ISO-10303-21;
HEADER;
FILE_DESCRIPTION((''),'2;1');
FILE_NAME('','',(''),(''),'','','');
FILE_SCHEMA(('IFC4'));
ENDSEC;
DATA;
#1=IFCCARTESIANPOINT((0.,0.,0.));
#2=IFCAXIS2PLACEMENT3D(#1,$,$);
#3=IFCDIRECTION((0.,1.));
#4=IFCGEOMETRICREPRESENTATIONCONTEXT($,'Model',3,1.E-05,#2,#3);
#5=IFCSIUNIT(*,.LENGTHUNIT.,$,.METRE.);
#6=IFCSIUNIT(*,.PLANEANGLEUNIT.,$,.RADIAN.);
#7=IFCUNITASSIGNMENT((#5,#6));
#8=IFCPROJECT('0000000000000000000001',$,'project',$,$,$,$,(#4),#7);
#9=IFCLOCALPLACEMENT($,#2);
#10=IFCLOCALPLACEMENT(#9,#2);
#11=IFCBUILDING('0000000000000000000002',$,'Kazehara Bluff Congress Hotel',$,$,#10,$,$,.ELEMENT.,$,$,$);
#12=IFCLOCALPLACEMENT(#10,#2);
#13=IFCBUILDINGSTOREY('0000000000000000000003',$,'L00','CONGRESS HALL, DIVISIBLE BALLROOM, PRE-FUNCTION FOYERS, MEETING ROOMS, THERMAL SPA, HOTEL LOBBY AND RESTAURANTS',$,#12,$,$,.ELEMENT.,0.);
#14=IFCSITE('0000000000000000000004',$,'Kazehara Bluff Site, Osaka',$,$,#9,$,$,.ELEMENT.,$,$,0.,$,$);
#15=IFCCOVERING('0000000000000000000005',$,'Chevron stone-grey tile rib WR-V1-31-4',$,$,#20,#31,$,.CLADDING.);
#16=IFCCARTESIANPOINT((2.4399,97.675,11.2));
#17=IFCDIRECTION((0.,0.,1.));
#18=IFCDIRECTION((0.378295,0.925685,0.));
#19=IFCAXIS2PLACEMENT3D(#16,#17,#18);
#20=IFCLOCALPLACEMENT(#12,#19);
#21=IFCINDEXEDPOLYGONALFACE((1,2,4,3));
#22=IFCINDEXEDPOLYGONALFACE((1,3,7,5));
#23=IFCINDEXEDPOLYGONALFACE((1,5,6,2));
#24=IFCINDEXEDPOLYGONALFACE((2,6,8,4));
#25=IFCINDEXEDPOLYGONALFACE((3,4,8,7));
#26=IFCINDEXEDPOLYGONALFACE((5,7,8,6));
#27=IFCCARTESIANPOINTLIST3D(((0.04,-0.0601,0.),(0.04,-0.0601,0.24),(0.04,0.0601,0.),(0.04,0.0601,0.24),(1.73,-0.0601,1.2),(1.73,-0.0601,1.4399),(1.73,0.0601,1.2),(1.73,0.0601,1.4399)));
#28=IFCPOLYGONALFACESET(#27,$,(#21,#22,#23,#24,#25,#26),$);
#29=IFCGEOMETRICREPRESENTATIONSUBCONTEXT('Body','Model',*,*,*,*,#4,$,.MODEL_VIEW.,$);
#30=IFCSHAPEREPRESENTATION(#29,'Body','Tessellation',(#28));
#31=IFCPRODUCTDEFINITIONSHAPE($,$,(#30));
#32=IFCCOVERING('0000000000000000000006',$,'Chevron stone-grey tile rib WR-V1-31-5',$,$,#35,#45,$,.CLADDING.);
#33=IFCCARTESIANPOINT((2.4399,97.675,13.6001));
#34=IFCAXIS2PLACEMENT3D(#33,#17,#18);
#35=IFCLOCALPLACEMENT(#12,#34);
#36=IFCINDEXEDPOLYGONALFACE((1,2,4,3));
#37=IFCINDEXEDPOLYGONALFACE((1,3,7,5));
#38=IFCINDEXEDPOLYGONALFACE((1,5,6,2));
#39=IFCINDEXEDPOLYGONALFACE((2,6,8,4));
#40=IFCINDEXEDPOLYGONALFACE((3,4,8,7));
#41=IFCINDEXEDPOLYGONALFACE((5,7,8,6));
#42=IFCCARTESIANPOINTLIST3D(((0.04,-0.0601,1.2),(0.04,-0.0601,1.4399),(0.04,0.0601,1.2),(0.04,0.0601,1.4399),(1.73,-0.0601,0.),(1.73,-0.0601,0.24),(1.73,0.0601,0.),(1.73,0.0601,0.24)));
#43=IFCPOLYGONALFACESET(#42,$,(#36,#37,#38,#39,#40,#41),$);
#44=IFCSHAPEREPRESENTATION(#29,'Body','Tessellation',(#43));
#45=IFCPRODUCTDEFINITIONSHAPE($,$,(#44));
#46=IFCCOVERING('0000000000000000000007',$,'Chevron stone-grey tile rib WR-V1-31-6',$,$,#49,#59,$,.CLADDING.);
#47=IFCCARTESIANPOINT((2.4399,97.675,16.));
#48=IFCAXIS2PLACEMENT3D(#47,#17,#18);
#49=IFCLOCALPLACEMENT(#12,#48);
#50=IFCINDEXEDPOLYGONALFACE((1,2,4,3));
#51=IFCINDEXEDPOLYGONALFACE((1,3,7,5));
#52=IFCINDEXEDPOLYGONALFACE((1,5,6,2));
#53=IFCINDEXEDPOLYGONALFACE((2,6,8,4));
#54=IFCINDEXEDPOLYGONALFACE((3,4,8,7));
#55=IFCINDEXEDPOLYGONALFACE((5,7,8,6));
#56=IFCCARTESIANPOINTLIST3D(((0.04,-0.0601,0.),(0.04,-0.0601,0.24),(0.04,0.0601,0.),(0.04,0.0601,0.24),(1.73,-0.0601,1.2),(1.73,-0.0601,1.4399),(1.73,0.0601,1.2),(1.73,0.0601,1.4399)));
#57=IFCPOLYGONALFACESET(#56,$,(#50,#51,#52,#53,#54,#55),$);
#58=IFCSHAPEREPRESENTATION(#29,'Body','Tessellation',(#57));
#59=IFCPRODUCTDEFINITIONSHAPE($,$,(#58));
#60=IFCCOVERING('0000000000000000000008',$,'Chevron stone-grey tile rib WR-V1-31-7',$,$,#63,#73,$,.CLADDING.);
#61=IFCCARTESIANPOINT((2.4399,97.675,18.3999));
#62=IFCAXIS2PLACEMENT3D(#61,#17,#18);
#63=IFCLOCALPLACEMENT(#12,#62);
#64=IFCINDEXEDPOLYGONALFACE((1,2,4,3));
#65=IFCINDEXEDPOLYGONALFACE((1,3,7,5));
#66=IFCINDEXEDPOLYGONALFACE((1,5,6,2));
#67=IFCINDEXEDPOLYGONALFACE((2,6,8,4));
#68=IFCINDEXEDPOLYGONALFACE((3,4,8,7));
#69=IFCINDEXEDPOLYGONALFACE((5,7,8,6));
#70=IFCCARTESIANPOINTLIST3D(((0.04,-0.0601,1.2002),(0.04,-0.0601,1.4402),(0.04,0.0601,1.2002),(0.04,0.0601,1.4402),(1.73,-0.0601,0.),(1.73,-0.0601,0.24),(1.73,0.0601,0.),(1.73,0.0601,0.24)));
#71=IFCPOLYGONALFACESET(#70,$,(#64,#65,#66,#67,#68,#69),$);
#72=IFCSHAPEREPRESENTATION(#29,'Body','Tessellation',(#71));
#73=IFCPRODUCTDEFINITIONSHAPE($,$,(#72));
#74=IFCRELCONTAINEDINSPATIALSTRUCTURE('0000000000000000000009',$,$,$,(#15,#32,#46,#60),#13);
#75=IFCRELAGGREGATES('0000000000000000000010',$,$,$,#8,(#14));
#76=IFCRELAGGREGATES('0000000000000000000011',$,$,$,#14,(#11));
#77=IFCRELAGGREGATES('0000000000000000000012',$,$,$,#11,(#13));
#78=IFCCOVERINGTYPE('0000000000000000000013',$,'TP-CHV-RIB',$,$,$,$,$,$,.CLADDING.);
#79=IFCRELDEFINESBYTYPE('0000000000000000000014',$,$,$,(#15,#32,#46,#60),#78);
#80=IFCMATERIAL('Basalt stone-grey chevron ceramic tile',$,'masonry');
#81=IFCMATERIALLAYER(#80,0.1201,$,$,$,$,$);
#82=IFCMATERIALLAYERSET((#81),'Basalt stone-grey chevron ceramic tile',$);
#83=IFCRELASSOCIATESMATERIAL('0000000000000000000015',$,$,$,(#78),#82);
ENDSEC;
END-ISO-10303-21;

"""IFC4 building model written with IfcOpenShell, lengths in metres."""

from ifc_helpers import new_model, si_unit, direction, frame, origin, place, context, subcontext, project, spatial, polyline, outline, extrude, material, layer, layer_set, type_object, element, save


model = new_model("IFC4")

# Units and contexts
model_context = context("Model", 3, precision=1e-05, world=origin(), true_north=direction((0.0, 1.0)))
body_context = subcontext(model_context, "Body", "Model", "MODEL_VIEW")
ifc_project = project(units=[si_unit("LENGTHUNIT", "METRE"), si_unit("PLANEANGLEUNIT", "RADIAN")], contexts=[model_context])

# Site, building, storey
site_placement = place(None, origin())
site = spatial("IfcSite", under=ifc_project, at=site_placement, Name="Kazehara Bluff Site, Osaka", CompositionType="ELEMENT", RefElevation=0.0)
building_placement = place(site_placement, origin())
building = spatial("IfcBuilding", under=site, at=building_placement, Name="Kazehara Bluff Congress Hotel", CompositionType="ELEMENT")
storey_placement = place(building_placement, origin())
storey = spatial("IfcBuildingStorey", under=building, at=storey_placement, Name="L00", Description="CONGRESS HALL, DIVISIBLE BALLROOM, PRE-FUNCTION FOYERS, MEETING ROOMS, THERMAL SPA, HOTEL LOBBY AND RESTAURANTS", CompositionType="ELEMENT", Elevation=0.0)

# Coverings
ifc_material = material(Name="Basalt stone-grey chevron ceramic tile", Category="masonry")
ifc_layer = layer(ifc_material, 0.1201)
ifc_layer_set = layer_set([ifc_layer], Name="Basalt stone-grey chevron ceramic tile")
covering_type = type_object("IfcCoveringType", Name="TP-CHV-RIB", PredefinedType="CLADDING", material=ifc_layer_set)
covering_1_placement = place(storey_placement, frame((2.4399, 97.675, 11.2), z_axis=(0.0, 0.0, 1.0), x_axis=(0.378295, 0.925685, 0.0)))
element("IfcCovering", 1, at=covering_1_placement, inside=storey, type_object=covering_type, Name="Chevron stone-grey tile rib WR-V1-31-4", PredefinedType="CLADDING", context=body_context, shape_type="SweptSolid", body=[
    extrude(outline(polyline([(0.04, 0.0), (1.73, 1.2), (1.73, 1.4399), (0.04, 0.24), (0.04, 0.0)])), frame((0.0, 0.0601, 0.0), z_axis=(0.0, -1.0, 0.0), x_axis=(1.0, 0.0, 0.0)), (0.0, 0.0, 1.0), 0.1201),
])
covering_2_placement = place(storey_placement, frame((2.4399, 97.675, 13.6001), z_axis=(0.0, 0.0, 1.0), x_axis=(0.378295, 0.925685, 0.0)))
element("IfcCovering", 2, at=covering_2_placement, inside=storey, type_object=covering_type, Name="Chevron stone-grey tile rib WR-V1-31-5", PredefinedType="CLADDING", context=body_context, shape_type="SweptSolid", body=[
    extrude(outline(polyline([(0.04, 1.2), (1.73, 0.0), (1.73, 0.24), (0.04, 1.4399), (0.04, 1.2)])), frame((0.0, 0.0601, 0.0), z_axis=(0.0, -1.0, 0.0), x_axis=(1.0, 0.0, 0.0)), (0.0, 0.0, 1.0), 0.1201),
])
covering_3_placement = place(storey_placement, frame((2.4399, 97.675, 16.0), z_axis=(0.0, 0.0, 1.0), x_axis=(0.378295, 0.925685, 0.0)))
element("IfcCovering", 3, at=covering_3_placement, inside=storey, type_object=covering_type, Name="Chevron stone-grey tile rib WR-V1-31-6", PredefinedType="CLADDING", context=body_context, shape_type="SweptSolid", body=[
    extrude(outline(polyline([(0.04, 0.0), (1.73, 1.2), (1.73, 1.4399), (0.04, 0.24), (0.04, 0.0)])), frame((0.0, 0.0601, 0.0), z_axis=(0.0, -1.0, 0.0), x_axis=(1.0, 0.0, 0.0)), (0.0, 0.0, 1.0), 0.1201),
])
covering_4_placement = place(storey_placement, frame((2.4399, 97.675, 18.3999), z_axis=(0.0, 0.0, 1.0), x_axis=(0.378295, 0.925685, 0.0)))
element("IfcCovering", 4, at=covering_4_placement, inside=storey, type_object=covering_type, Name="Chevron stone-grey tile rib WR-V1-31-7", PredefinedType="CLADDING", context=body_context, shape_type="SweptSolid", body=[
    extrude(outline(polyline([(0.04, 1.2002), (1.73, 0.0), (1.73, 0.24), (0.04, 1.4402), (0.04, 1.2002)])), frame((0.0, 0.0601, 0.0), z_axis=(0.0, -1.0, 0.0), x_axis=(1.0, 0.0, 0.0)), (0.0, 0.0, 1.0), 0.1201),
])

save(model, "model.ifc")
